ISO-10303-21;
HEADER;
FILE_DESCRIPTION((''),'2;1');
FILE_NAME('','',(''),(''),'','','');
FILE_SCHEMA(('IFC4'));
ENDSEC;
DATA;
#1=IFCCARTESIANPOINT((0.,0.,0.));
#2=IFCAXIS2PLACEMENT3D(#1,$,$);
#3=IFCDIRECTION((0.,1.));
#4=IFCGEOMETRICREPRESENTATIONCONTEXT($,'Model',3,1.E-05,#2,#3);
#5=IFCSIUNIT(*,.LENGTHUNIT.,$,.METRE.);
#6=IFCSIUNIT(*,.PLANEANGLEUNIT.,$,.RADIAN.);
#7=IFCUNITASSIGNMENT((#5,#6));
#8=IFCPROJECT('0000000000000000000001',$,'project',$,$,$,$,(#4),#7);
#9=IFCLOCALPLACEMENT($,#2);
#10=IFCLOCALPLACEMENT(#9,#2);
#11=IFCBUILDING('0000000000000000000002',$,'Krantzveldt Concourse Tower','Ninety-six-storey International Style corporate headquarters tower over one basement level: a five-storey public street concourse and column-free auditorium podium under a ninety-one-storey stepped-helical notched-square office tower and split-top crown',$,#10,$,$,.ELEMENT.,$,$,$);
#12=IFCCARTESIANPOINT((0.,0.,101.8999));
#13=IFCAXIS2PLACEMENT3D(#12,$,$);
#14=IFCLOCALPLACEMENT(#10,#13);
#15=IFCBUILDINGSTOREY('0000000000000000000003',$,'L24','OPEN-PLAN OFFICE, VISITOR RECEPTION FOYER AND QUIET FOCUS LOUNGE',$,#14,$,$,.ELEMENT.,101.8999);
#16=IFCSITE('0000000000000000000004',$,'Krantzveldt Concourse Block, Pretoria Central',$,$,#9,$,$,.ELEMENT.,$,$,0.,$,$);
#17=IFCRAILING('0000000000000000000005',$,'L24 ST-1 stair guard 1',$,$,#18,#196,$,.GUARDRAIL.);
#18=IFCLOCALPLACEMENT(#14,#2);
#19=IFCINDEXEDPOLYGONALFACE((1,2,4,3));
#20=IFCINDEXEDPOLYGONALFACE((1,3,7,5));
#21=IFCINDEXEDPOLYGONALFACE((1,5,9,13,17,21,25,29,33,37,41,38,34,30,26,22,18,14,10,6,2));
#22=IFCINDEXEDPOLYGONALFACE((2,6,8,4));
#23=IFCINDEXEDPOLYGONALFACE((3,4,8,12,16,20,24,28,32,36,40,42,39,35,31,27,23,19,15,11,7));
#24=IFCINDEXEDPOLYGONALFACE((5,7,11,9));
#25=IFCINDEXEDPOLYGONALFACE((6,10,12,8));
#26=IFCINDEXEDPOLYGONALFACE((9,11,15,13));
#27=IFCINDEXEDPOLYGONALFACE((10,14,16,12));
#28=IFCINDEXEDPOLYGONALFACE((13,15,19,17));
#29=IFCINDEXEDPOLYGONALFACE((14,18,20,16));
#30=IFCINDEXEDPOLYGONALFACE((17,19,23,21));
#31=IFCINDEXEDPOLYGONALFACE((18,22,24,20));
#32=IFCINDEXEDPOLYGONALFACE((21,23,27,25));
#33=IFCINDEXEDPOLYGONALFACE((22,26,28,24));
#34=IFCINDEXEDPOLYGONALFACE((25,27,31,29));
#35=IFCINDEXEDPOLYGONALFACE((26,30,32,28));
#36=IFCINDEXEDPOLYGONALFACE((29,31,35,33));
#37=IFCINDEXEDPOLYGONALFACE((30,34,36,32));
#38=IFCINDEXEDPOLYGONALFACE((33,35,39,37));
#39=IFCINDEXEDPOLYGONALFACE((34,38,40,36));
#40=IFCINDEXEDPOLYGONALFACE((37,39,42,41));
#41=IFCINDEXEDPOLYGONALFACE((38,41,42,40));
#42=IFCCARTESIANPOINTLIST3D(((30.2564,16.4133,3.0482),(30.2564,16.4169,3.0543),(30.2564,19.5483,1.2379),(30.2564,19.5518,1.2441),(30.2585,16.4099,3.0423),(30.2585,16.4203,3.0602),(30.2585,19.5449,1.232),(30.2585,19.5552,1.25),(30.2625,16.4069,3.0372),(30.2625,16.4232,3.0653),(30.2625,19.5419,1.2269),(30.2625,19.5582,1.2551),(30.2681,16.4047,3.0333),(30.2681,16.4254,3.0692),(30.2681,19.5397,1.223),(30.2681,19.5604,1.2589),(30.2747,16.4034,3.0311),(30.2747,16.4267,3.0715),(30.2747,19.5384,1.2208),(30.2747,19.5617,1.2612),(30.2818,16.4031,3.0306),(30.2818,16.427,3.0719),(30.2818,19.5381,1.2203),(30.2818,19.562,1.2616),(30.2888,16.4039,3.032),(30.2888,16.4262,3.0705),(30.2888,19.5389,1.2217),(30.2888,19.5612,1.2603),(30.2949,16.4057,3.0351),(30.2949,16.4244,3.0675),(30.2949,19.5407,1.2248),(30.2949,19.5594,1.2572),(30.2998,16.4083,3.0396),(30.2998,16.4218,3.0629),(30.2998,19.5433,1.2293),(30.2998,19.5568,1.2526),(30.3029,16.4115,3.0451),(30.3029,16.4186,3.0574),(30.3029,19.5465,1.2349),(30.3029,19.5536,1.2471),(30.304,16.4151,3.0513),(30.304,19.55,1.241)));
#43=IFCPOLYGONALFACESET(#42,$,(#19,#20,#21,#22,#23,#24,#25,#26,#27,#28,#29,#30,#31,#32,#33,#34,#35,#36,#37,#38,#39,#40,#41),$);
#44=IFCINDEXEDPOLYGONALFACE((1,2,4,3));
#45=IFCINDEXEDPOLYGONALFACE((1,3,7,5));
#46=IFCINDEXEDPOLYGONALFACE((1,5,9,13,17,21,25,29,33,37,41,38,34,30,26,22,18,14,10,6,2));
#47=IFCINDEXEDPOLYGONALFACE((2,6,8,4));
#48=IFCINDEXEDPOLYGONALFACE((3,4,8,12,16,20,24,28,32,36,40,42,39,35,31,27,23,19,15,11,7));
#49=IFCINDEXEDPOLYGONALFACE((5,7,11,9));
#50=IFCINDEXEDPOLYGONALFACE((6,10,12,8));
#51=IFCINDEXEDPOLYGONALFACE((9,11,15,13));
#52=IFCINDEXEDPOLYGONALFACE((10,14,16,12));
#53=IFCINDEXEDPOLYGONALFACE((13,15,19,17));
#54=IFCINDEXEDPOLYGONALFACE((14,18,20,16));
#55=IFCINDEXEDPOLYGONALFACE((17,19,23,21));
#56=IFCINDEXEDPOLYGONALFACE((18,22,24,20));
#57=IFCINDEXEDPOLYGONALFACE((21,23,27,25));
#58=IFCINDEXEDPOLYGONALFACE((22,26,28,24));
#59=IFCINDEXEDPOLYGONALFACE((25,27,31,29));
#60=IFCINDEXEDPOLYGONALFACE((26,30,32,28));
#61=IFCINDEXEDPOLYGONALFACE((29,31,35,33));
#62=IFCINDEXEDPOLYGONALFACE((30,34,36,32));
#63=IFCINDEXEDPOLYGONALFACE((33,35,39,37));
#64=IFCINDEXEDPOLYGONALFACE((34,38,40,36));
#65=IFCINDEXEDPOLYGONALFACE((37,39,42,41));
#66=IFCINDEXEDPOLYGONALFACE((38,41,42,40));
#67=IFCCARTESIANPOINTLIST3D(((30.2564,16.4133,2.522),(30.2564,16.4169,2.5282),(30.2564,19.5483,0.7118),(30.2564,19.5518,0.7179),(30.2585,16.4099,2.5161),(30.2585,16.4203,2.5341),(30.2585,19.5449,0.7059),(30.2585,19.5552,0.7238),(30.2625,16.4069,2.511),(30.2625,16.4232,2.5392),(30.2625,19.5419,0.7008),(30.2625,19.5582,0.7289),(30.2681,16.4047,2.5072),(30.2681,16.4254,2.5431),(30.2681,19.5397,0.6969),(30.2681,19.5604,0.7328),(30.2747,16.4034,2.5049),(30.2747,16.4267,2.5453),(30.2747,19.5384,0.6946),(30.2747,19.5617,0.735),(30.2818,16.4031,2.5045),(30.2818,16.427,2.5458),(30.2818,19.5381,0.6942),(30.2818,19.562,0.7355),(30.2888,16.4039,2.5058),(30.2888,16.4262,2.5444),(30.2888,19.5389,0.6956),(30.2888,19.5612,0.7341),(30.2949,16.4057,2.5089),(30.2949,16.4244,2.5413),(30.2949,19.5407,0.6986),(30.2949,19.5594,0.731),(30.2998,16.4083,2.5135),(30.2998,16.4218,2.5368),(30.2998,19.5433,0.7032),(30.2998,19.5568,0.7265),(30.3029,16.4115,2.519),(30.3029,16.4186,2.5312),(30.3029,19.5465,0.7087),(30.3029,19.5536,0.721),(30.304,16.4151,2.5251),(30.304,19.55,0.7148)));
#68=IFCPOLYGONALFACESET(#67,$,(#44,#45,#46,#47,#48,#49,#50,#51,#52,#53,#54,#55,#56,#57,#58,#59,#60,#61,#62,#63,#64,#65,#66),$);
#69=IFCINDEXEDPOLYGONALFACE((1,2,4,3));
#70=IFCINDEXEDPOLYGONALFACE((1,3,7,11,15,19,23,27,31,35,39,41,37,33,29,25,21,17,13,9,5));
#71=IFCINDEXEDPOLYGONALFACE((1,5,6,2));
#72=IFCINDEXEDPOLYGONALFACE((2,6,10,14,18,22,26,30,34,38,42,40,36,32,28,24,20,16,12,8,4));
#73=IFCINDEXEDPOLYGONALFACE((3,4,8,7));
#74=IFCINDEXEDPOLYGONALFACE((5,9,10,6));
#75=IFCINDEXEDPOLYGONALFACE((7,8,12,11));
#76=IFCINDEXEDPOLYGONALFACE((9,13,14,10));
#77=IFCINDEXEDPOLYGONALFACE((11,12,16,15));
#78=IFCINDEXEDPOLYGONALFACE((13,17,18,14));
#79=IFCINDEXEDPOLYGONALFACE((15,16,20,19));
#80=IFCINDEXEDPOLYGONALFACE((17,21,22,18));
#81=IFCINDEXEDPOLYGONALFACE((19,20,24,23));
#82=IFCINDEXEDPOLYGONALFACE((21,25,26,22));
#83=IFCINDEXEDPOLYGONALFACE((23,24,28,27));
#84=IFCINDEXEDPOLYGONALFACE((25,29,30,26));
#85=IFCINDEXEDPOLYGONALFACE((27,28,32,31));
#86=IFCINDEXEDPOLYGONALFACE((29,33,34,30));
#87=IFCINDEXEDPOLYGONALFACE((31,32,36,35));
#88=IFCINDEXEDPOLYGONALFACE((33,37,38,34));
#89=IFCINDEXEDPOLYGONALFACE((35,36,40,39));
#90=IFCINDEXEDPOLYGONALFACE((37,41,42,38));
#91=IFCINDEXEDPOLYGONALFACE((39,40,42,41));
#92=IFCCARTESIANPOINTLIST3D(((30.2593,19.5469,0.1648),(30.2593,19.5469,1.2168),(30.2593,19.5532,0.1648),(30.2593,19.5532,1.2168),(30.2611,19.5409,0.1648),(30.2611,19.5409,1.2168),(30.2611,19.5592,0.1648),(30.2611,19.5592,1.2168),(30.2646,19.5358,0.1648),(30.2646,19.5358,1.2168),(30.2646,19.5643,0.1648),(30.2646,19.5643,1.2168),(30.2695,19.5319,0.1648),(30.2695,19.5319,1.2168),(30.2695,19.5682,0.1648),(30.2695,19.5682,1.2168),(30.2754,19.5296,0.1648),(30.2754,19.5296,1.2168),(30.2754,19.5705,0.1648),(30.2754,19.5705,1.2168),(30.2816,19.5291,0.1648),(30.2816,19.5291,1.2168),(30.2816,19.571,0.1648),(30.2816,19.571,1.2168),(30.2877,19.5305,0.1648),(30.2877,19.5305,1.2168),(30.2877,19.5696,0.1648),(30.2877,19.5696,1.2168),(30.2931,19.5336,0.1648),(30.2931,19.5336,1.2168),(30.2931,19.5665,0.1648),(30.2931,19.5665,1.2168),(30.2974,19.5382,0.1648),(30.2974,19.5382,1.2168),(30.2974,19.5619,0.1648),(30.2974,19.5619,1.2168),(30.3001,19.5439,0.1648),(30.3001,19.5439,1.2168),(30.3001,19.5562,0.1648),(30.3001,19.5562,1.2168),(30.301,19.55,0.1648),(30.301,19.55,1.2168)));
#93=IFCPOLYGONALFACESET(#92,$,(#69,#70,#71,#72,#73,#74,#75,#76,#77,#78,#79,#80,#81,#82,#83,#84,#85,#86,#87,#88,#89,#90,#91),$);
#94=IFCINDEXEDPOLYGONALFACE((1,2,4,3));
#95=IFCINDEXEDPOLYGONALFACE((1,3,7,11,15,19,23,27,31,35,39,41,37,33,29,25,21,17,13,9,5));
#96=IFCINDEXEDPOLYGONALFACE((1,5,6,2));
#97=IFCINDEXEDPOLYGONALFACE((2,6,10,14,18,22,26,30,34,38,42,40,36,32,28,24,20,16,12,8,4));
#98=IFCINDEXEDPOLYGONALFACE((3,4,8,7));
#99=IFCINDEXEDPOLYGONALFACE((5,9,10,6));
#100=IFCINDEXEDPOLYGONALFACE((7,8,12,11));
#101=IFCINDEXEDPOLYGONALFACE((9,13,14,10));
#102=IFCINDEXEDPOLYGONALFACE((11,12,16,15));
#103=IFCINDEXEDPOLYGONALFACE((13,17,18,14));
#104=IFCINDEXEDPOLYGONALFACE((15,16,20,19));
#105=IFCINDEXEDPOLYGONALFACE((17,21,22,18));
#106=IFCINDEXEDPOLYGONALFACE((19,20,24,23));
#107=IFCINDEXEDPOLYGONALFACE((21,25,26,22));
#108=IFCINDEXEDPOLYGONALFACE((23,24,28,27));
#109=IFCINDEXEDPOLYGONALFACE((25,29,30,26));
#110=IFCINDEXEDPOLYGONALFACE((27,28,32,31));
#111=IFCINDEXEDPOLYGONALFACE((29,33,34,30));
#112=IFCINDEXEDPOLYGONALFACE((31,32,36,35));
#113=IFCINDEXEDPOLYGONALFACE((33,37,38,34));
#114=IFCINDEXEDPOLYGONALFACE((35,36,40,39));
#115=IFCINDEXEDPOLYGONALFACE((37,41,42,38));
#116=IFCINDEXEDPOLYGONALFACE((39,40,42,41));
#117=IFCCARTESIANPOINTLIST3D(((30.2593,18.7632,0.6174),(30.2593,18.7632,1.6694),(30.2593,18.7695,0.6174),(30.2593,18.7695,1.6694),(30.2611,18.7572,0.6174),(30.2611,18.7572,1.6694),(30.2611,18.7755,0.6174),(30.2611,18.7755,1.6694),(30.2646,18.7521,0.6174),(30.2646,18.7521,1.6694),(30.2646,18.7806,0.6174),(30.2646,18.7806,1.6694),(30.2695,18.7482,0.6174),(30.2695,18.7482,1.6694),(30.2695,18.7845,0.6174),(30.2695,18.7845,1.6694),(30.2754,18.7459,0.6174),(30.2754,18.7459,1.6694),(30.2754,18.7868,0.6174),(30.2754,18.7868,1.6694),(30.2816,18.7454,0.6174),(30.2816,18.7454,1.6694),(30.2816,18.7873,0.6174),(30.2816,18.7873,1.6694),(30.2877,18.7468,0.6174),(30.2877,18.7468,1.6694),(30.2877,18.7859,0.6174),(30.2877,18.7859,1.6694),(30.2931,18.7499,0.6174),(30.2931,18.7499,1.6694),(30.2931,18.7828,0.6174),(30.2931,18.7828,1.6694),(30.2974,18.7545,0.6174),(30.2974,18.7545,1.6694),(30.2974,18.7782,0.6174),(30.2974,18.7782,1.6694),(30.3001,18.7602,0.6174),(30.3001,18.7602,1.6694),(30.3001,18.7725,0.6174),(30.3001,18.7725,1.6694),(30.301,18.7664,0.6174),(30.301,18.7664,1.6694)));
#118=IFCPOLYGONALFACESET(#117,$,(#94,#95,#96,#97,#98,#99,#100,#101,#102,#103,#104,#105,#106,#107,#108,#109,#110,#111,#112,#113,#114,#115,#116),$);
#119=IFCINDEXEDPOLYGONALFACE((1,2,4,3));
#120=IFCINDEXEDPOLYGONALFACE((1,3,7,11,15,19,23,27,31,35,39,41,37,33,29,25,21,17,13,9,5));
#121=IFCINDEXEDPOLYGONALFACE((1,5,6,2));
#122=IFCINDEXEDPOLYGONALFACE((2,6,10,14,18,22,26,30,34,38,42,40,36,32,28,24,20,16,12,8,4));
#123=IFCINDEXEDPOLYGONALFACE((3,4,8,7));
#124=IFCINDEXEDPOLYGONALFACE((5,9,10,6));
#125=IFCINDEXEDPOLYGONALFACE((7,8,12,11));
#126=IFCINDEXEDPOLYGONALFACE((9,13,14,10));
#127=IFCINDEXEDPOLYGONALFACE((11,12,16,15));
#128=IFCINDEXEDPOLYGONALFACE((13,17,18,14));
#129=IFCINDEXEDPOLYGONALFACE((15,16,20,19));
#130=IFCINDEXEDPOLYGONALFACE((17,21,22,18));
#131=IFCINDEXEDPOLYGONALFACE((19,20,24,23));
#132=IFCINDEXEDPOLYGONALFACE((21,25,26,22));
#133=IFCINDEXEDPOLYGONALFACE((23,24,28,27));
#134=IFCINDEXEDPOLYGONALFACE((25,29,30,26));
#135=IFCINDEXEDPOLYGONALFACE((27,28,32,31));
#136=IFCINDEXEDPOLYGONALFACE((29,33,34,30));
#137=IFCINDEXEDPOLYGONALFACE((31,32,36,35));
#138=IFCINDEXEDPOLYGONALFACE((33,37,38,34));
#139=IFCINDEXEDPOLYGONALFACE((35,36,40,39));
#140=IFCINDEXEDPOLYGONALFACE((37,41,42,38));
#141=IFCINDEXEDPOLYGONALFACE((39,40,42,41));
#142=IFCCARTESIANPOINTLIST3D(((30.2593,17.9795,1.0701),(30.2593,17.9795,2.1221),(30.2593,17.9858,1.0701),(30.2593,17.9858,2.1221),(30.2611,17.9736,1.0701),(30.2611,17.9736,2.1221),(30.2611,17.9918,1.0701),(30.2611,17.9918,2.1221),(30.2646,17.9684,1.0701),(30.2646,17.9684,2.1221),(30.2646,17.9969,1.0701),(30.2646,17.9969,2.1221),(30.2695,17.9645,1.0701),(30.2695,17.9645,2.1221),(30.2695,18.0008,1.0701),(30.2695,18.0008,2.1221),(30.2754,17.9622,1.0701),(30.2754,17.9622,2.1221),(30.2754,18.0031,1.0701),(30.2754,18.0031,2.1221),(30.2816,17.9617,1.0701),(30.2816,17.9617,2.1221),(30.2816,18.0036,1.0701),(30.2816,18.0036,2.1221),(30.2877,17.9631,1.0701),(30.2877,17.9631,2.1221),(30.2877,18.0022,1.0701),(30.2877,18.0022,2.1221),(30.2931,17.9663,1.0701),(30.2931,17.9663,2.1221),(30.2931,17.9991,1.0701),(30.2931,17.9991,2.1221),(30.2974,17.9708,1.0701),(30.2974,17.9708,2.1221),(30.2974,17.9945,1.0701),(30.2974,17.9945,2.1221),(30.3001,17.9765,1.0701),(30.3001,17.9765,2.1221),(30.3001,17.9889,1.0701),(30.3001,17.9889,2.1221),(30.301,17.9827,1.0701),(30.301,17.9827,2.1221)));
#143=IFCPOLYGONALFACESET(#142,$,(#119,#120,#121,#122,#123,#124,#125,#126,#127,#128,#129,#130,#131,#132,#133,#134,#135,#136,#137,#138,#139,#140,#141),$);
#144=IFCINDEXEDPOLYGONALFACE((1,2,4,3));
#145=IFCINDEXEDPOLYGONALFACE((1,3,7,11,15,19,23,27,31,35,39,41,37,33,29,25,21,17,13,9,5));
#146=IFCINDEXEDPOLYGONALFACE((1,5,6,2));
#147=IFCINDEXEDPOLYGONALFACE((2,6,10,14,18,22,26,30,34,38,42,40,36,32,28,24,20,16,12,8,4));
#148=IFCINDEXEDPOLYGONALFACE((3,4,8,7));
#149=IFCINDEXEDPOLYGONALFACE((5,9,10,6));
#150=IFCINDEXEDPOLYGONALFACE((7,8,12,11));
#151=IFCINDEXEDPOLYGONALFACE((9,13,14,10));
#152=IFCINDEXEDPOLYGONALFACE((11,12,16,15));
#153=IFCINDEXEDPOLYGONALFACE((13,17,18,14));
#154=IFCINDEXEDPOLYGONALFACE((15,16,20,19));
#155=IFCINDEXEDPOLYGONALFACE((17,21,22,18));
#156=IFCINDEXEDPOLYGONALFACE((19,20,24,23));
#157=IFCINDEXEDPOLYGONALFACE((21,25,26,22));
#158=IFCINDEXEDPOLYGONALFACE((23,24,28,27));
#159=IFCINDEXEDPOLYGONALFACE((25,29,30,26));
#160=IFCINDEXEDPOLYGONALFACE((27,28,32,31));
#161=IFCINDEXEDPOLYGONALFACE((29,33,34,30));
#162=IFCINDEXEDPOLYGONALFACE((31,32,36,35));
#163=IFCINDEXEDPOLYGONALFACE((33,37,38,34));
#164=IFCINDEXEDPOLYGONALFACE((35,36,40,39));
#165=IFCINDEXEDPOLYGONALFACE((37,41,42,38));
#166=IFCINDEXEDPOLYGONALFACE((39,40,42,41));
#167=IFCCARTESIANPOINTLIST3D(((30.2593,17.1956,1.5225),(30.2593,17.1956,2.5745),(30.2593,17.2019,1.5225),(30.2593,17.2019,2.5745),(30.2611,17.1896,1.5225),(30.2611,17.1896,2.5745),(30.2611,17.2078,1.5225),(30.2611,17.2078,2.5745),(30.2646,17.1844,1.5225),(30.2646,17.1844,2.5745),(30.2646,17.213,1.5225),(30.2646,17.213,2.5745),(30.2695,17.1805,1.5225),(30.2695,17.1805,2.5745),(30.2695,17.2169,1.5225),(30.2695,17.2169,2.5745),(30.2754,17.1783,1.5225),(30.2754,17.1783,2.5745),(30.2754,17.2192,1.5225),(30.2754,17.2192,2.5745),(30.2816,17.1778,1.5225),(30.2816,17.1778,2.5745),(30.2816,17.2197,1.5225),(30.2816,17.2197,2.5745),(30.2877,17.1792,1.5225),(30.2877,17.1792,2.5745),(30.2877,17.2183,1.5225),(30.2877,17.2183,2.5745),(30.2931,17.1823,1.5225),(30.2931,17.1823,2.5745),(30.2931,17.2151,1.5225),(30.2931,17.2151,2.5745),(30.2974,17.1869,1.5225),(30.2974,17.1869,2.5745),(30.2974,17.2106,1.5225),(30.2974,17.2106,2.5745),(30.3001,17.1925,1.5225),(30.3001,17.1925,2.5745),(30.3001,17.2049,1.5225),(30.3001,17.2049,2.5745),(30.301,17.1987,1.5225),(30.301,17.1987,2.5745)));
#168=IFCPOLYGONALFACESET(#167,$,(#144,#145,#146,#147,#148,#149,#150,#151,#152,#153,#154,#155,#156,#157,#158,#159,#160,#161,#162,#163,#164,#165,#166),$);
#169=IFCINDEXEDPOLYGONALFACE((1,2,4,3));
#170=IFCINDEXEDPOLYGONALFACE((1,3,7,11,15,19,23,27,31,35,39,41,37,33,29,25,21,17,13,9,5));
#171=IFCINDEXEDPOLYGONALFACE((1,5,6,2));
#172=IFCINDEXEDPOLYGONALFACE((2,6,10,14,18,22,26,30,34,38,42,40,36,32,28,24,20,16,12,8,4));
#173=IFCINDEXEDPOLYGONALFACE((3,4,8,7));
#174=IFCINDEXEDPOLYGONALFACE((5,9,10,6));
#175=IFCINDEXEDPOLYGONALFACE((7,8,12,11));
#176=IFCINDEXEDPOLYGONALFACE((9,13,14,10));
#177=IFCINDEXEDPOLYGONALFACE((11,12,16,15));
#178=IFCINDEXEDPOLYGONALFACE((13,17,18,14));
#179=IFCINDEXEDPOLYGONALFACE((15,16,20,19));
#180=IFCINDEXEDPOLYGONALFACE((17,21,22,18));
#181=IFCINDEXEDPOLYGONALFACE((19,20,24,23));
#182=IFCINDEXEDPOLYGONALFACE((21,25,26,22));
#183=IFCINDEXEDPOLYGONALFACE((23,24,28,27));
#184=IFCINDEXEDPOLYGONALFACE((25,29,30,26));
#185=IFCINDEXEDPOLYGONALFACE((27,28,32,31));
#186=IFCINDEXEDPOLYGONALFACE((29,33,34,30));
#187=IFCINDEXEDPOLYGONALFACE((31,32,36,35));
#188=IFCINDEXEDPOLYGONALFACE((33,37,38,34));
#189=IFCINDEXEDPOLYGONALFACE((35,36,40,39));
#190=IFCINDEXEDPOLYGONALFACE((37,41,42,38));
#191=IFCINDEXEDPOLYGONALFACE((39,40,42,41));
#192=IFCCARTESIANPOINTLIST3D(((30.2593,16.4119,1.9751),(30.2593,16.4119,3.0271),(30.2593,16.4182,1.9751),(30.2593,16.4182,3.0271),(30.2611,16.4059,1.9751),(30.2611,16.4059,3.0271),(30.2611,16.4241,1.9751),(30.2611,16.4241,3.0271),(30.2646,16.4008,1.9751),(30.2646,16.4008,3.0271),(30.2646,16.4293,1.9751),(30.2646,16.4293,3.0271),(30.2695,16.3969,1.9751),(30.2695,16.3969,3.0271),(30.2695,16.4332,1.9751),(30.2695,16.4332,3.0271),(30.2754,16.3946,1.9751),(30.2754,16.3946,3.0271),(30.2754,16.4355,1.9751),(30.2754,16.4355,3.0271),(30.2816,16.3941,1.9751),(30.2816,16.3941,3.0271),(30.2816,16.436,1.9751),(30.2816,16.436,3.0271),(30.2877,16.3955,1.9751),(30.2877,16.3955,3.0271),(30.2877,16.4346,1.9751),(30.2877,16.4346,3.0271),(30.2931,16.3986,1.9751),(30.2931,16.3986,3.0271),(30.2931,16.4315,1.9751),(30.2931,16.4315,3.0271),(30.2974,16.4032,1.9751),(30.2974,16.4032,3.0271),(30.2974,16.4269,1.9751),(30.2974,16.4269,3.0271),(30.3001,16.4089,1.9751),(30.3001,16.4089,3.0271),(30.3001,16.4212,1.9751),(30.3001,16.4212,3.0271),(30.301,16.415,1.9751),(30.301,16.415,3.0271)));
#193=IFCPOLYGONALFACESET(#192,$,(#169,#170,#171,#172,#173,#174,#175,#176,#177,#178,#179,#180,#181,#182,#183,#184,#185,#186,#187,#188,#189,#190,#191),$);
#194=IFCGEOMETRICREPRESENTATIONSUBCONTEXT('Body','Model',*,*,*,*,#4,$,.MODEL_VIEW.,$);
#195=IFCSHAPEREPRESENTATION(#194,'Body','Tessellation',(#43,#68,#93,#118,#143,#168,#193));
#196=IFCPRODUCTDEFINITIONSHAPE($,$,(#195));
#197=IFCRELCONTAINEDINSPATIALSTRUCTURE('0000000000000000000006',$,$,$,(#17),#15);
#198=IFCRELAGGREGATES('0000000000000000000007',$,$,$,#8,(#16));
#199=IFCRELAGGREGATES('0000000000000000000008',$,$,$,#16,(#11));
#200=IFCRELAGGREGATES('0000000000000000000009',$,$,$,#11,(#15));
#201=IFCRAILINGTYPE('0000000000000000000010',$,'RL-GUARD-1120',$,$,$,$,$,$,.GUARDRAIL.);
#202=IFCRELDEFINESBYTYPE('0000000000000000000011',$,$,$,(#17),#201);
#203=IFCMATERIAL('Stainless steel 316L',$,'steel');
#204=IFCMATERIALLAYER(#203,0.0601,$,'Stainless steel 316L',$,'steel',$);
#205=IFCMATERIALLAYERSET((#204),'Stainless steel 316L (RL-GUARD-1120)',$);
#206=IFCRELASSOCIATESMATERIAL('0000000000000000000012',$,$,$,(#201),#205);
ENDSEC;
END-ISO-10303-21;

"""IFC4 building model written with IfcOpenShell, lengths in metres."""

from ifc_helpers import new_model, si_unit, direction, frame, origin, origin_2d, place, context, subcontext, project, spatial, circle, extrude, material, layer, layer_set, type_object, element, save


model = new_model("IFC4")

# Units and contexts
model_context = context("Model", 3, precision=1e-05, world=origin(), true_north=direction((0.0, 1.0)))
body_context = subcontext(model_context, "Body", "Model", "MODEL_VIEW")
ifc_project = project(units=[si_unit("LENGTHUNIT", "METRE"), si_unit("PLANEANGLEUNIT", "RADIAN")], contexts=[model_context])

# Site, building, storey
site_placement = place(None, origin())
site = spatial("IfcSite", under=ifc_project, at=site_placement, Name="Krantzveldt Concourse Block, Pretoria Central", CompositionType="ELEMENT", RefElevation=0.0)
building_placement = place(site_placement, origin())
building = spatial("IfcBuilding", under=site, at=building_placement, Name="Krantzveldt Concourse Tower", Description="Ninety-six-storey International Style corporate headquarters tower over one basement level: a five-storey public street concourse and column-free auditorium podium under a ninety-one-storey stepped-helical notched-square office tower and split-top crown", CompositionType="ELEMENT")
storey_placement = place(building_placement, frame((0.0, 0.0, 101.8999)))
storey = spatial("IfcBuildingStorey", under=building, at=storey_placement, Name="L24", Description="OPEN-PLAN OFFICE, VISITOR RECEPTION FOYER AND QUIET FOCUS LOUNGE", CompositionType="ELEMENT", Elevation=101.8999)

# Railing
ifc_material_1 = material(Name="Stainless steel 316L", Category="steel")
ifc_layer_1 = layer(ifc_material_1, 0.0601, Name="Stainless steel 316L", Category="steel")
ifc_layer_set_1 = layer_set([ifc_layer_1], Name="Stainless steel 316L (RL-GUARD-1120)")
railing_type_1 = type_object("IfcRailingType", Name="RL-GUARD-1120", PredefinedType="GUARDRAIL", material=ifc_layer_set_1)
railing_1_placement = place(storey_placement, frame((30.28, 19.55, 0.1648)))
element("IfcRailing", 1, at=railing_1_placement, inside=storey, type_object=railing_type_1, Name="L24 ST-1 stair guard 1", PredefinedType="GUARDRAIL", context=body_context, shape_type="SweptSolid", body=[
    extrude(circle(Radius=0.0239, at=origin_2d()), frame((0.0, 0.0, 1.0762), z_axis=(0.0, -0.865989, 0.500063), x_axis=(1.0, 0.0, 0.0)), (0.0, 0.0, 1.0), 3.6201),
    extrude(circle(Radius=0.0239, at=origin_2d()), frame((0.0, 0.0, 0.55), z_axis=(0.0, -0.865989, 0.500063), x_axis=(1.0, 0.0, 0.0)), (0.0, 0.0, 1.0), 3.6201),
    extrude(circle(Radius=0.021, at=origin_2d()), origin(), (0.0, 0.0, 1.0), 1.052),
    extrude(circle(Radius=0.021, at=origin_2d()), frame((0.0, -0.7837, 0.4526)), (0.0, 0.0, 1.0), 1.052),
    extrude(circle(Radius=0.021, at=origin_2d()), frame((0.0, -1.5674, 0.9053)), (0.0, 0.0, 1.0), 1.052),
    extrude(circle(Radius=0.021, at=origin_2d()), frame((0.0, -2.3513, 1.3577)), (0.0, 0.0, 1.0), 1.052),
    extrude(circle(Radius=0.021, at=origin_2d()), frame((0.0, -3.135, 1.8103)), (0.0, 0.0, 1.0), 1.052),
])

save(model, "model.ifc")
